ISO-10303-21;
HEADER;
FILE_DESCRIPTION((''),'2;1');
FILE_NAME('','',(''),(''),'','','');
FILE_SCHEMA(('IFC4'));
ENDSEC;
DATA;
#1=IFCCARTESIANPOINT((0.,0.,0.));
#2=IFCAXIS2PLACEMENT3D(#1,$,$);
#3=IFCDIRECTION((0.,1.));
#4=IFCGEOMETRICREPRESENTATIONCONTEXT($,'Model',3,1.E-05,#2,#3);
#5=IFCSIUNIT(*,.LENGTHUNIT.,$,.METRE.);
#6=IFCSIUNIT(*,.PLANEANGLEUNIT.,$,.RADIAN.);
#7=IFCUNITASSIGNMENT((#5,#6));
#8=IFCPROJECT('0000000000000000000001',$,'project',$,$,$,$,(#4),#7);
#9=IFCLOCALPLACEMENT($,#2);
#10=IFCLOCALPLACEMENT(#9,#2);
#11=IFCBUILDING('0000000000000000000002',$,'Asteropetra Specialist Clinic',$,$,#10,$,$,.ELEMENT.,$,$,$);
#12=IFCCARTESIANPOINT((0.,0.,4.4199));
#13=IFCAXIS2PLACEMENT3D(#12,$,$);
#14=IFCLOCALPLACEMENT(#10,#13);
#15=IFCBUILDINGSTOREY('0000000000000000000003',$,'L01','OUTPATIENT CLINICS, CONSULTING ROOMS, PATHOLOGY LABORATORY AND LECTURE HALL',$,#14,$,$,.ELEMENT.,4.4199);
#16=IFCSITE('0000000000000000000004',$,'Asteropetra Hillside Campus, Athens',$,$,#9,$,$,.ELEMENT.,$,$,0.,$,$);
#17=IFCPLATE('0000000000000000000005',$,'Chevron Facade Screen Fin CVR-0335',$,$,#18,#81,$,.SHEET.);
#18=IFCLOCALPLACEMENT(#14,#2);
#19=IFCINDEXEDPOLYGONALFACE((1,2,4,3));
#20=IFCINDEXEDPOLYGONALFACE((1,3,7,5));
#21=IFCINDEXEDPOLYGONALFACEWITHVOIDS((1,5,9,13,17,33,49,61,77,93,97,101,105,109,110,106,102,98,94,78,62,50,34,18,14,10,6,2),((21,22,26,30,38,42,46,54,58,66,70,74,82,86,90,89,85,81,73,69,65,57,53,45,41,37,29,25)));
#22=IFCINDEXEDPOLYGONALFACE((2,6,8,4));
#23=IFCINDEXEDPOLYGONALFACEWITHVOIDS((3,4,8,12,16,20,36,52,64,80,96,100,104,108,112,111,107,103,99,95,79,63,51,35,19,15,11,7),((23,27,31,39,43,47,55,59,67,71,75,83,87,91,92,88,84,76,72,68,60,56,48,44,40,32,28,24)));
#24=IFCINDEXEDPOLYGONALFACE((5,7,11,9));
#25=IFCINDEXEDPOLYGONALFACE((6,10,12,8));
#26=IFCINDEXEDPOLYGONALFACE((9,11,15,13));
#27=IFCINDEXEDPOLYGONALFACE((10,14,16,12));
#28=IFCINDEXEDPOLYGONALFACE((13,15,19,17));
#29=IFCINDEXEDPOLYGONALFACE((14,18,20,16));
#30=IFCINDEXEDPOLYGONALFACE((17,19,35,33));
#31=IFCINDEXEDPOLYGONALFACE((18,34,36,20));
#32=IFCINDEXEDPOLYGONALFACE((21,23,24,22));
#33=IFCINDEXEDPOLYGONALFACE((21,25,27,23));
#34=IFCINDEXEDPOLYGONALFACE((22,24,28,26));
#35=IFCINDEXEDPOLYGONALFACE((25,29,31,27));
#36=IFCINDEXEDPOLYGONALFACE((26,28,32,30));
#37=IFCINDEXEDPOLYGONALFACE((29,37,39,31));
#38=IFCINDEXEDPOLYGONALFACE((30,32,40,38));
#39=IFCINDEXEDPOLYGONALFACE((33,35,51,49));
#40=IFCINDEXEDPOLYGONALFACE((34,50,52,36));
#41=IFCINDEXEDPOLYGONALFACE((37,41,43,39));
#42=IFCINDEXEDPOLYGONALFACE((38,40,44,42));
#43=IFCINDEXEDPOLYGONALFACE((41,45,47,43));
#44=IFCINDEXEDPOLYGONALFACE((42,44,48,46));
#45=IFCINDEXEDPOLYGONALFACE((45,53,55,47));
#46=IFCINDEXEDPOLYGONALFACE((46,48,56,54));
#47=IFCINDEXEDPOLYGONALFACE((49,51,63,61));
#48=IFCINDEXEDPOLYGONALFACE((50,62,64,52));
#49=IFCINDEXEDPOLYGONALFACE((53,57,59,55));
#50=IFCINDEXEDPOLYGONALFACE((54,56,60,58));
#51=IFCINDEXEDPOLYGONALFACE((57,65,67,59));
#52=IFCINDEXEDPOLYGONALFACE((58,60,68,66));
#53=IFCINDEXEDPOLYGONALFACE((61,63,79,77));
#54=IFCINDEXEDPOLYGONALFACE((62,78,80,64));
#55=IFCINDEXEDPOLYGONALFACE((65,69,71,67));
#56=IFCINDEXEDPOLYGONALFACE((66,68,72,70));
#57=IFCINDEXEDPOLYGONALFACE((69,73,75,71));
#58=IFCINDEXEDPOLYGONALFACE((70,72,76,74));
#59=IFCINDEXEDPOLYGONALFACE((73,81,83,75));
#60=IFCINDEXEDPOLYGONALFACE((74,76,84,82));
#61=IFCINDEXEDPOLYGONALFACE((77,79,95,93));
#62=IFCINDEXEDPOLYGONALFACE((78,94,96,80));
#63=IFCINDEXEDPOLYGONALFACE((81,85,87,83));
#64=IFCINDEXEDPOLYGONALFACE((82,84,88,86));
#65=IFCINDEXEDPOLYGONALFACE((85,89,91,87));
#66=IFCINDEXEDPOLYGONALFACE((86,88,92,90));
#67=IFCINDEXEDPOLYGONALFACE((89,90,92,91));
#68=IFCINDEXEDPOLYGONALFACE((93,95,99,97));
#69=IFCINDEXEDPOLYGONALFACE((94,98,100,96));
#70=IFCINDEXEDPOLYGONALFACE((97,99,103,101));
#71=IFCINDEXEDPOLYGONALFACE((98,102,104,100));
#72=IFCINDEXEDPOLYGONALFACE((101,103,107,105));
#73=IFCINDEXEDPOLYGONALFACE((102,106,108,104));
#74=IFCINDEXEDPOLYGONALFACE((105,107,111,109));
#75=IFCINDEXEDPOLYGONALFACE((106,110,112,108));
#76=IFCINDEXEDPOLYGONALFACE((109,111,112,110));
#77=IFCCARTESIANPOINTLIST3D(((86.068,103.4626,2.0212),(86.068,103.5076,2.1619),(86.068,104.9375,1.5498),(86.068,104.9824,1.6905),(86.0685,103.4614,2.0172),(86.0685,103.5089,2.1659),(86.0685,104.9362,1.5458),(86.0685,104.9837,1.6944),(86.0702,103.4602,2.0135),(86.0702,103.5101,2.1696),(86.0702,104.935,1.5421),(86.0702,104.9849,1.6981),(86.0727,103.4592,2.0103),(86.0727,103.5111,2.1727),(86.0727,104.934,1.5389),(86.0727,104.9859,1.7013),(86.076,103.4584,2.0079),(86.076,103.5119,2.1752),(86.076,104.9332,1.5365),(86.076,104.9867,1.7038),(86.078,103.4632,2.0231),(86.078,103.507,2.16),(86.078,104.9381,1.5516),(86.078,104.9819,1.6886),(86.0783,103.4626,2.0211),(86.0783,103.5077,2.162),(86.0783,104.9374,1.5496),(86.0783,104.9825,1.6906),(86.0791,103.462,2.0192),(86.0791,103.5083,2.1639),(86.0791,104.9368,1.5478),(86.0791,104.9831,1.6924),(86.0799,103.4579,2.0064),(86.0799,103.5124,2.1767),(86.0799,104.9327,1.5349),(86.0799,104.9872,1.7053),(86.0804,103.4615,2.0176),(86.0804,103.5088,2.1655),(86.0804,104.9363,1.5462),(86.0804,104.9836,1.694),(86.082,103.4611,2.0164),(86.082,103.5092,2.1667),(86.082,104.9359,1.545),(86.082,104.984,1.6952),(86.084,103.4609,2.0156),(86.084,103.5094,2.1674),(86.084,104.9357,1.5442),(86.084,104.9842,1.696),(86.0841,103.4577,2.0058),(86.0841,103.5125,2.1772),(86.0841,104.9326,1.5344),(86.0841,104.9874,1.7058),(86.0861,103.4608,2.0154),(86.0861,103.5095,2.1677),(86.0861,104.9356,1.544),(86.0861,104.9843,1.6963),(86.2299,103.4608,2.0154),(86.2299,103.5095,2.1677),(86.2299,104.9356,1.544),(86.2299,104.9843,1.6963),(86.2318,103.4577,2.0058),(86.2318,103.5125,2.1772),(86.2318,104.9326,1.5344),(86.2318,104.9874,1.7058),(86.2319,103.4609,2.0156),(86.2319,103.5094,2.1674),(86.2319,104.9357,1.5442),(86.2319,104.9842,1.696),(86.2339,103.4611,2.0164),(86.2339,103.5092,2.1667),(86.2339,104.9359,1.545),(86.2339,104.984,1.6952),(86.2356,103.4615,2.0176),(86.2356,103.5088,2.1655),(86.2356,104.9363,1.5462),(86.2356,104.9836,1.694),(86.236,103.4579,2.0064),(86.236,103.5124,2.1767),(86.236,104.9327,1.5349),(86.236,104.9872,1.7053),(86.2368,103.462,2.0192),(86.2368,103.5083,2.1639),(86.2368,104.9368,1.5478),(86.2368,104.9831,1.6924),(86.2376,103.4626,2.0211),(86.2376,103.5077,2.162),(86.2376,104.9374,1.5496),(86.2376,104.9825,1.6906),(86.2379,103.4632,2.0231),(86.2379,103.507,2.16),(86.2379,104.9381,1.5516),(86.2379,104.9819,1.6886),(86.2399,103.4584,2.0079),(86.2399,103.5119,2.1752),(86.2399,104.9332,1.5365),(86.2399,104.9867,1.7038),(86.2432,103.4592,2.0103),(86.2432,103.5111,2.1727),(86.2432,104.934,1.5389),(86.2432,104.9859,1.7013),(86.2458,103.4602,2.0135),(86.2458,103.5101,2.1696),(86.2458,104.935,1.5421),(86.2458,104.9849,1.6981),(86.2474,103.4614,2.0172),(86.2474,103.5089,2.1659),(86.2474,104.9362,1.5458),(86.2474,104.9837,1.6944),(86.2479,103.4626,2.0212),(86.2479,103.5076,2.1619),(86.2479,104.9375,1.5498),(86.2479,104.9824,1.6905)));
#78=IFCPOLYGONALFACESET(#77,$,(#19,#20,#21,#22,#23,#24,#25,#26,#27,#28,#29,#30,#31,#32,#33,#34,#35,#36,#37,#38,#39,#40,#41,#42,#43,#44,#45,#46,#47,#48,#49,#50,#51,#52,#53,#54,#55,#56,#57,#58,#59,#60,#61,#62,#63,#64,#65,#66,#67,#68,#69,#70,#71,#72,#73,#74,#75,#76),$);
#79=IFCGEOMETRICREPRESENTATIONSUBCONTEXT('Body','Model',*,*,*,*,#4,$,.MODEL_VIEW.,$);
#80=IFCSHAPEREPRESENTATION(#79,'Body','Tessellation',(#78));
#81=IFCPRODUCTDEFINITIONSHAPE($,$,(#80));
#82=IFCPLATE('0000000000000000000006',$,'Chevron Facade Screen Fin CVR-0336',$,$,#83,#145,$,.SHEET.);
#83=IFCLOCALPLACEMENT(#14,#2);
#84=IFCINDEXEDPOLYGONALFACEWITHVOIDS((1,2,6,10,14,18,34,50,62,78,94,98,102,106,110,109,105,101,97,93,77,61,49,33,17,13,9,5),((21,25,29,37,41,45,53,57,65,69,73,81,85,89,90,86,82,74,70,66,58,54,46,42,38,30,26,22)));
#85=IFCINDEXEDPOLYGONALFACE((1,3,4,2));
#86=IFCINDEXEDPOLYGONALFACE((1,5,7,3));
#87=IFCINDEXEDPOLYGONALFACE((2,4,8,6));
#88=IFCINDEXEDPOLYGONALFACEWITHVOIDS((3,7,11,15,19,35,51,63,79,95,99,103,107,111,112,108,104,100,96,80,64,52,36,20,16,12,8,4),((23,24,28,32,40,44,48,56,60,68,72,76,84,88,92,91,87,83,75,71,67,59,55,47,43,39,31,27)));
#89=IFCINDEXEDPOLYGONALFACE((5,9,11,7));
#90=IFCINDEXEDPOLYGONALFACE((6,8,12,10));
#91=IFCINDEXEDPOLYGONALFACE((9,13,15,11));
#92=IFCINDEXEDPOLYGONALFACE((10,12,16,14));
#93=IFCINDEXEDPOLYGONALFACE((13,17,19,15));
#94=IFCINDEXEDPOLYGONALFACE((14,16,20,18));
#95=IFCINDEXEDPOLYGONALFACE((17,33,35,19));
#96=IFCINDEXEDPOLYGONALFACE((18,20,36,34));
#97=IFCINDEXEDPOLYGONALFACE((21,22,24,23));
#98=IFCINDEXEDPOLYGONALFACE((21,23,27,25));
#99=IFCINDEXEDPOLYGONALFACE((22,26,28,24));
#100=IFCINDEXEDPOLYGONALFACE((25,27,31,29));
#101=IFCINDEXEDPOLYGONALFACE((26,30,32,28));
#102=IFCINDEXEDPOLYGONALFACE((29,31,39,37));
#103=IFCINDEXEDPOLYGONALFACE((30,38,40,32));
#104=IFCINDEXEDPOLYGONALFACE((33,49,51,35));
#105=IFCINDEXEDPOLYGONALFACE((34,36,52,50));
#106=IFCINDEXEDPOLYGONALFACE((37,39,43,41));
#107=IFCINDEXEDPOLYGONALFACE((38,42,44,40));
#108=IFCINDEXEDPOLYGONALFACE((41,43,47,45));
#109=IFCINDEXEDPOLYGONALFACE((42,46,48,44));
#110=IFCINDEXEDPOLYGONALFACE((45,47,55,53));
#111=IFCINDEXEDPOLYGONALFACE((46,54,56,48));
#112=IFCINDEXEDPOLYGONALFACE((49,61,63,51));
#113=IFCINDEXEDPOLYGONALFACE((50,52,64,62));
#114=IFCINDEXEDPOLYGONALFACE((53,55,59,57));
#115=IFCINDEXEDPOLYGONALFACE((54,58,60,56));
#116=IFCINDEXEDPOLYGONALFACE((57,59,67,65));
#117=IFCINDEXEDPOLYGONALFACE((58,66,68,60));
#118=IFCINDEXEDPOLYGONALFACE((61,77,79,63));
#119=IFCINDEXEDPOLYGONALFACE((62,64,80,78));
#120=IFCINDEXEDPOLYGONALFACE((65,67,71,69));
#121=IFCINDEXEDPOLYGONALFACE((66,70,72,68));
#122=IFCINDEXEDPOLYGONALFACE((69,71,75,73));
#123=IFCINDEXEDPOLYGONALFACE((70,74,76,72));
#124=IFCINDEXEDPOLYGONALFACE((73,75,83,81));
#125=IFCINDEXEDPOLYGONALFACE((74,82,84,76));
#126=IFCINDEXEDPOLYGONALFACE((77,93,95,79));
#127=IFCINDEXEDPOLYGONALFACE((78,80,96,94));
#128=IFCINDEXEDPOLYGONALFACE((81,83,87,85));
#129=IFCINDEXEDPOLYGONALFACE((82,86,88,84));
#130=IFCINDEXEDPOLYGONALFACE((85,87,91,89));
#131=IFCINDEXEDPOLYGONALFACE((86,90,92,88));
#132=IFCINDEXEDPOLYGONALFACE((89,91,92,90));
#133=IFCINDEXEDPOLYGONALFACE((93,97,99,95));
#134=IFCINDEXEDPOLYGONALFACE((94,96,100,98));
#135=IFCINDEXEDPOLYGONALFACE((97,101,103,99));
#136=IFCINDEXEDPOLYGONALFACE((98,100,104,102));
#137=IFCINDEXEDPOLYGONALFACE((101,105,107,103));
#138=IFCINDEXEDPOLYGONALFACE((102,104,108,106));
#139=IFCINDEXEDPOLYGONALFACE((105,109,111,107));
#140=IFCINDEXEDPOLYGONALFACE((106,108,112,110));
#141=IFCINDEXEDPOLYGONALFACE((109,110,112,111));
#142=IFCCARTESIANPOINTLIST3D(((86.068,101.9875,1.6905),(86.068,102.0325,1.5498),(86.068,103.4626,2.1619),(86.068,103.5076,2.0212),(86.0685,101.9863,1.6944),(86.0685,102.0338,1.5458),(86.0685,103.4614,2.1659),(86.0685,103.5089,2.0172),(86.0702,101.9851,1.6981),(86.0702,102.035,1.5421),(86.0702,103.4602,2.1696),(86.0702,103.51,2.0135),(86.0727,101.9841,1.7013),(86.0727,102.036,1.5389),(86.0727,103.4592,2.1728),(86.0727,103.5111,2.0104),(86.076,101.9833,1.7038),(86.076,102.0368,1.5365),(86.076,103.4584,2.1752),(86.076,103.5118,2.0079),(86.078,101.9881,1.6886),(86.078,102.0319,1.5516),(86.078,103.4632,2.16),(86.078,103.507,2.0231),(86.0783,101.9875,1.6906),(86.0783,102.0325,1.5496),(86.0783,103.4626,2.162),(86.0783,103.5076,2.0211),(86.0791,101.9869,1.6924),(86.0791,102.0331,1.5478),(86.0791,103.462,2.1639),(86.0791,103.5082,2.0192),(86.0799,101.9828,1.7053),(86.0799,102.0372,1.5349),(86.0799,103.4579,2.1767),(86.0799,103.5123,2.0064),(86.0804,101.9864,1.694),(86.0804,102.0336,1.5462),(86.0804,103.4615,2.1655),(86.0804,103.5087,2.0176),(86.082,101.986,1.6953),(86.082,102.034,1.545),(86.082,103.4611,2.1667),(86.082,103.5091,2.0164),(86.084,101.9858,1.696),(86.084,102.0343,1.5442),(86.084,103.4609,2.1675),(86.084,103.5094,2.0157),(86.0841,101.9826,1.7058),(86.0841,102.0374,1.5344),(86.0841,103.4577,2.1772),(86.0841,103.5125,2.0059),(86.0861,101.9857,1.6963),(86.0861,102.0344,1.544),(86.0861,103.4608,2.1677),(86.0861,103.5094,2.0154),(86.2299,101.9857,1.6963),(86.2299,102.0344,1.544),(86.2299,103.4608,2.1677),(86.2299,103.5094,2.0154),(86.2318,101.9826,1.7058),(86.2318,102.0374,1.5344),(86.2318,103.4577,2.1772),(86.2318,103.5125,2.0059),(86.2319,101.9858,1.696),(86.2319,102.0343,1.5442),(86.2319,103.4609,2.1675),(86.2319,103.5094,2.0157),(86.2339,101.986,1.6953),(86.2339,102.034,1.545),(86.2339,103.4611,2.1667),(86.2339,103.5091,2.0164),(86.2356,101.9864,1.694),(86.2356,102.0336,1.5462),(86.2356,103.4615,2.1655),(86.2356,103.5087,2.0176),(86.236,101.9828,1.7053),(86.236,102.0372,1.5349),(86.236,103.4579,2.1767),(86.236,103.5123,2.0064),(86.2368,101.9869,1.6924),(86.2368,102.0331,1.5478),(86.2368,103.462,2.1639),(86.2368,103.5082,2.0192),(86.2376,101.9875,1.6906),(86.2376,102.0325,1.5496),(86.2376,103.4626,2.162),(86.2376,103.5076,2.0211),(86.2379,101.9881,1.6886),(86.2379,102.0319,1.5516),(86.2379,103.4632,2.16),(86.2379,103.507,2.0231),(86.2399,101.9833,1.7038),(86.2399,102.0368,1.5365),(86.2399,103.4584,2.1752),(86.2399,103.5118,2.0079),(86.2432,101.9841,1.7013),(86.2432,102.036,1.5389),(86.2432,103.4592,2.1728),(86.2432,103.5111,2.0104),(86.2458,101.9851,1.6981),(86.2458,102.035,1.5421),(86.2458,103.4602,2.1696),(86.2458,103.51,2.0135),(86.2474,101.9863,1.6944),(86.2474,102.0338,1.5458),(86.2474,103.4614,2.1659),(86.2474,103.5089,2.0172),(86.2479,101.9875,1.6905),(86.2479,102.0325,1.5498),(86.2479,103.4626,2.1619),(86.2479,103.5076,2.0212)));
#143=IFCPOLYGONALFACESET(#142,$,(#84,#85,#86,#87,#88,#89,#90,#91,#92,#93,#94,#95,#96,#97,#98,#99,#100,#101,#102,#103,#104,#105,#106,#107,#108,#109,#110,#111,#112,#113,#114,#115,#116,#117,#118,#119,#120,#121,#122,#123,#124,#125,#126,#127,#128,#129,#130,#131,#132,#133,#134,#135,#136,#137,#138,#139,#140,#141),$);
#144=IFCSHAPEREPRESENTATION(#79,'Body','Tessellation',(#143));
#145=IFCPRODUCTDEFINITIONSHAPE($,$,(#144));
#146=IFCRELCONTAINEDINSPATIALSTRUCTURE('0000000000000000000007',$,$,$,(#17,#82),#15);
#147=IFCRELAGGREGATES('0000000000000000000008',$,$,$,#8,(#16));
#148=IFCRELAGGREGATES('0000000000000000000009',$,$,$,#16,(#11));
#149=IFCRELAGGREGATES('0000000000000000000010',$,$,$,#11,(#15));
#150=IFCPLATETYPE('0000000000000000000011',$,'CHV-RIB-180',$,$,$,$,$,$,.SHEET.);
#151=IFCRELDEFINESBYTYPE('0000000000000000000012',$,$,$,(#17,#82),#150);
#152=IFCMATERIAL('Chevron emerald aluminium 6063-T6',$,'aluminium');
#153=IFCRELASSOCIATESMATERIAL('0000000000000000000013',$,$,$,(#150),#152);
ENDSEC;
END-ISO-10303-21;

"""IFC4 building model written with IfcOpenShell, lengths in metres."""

from ifc_helpers import new_model, si_unit, direction, frame, origin, origin_2d, place, context, subcontext, project, spatial, hollow_rectangle, extrude, material, material_profile, profile_set, type_object, element, save


model = new_model("IFC4")

# Units and contexts
model_context = context("Model", 3, precision=1e-05, world=origin(), true_north=direction((0.0, 1.0)))
body_context = subcontext(model_context, "Body", "Model", "MODEL_VIEW")
ifc_project = project(units=[si_unit("LENGTHUNIT", "METRE"), si_unit("PLANEANGLEUNIT", "RADIAN")], contexts=[model_context])

# Site, building, storey
site_placement = place(None, origin())
site = spatial("IfcSite", under=ifc_project, at=site_placement, Name="Asteropetra Hillside Campus, Athens", CompositionType="ELEMENT", RefElevation=0.0)
building_placement = place(site_placement, origin())
building = spatial("IfcBuilding", under=site, at=building_placement, Name="Asteropetra Specialist Clinic", CompositionType="ELEMENT")
storey_placement = place(building_placement, frame((0.0, 0.0, 4.4199)))
storey = spatial("IfcBuildingStorey", under=building, at=storey_placement, Name="L01", Description="OUTPATIENT CLINICS, CONSULTING ROOMS, PATHOLOGY LABORATORY AND LECTURE HALL", CompositionType="ELEMENT", Elevation=4.4199)

# Plates
ifc_material_1 = material(Name="Chevron emerald aluminium 6063-T6", Category="aluminium")
ifc_material_profile = material_profile(ifc_material_1, hollow_rectangle(XDim=0.1799, YDim=0.1799, WallThickness=0.01, InnerFilletRadius=0.0081, OuterFilletRadius=0.0161, at=origin_2d()), Name="SHS 180x180x10.0")
ifc_profile_set = profile_set([ifc_material_profile], Name="Chevron emerald aluminium 6063-T6")
plate_type = type_object("IfcPlateType", Name="CHV-RIB-180", PredefinedType="SHEET", material=ifc_profile_set)
plate_1_placement = place(storey_placement, frame((86.158, 104.96, 1.6201), z_axis=(0.0, -0.952521, 0.304472), x_axis=(1.0, 0.0, 0.0)))
element("IfcPlate", 1, at=plate_1_placement, inside=storey, type_object=plate_type, Name="Chevron Facade Screen Fin CVR-0335", PredefinedType="SHEET", context=body_context, shape_type="SweptSolid", body=[
    extrude(hollow_rectangle(XDim=0.1799, YDim=0.1799, WallThickness=0.01, InnerFilletRadius=0.0081, OuterFilletRadius=0.0161, at=origin_2d()), origin(), (0.0, 0.0, 1.0), 1.5483),
])
plate_2_placement = place(storey_placement, frame((86.158, 103.4851, 2.0916), z_axis=(0.0, -0.952536, -0.304427), x_axis=(1.0, 0.0, 0.0)))
element("IfcPlate", 2, at=plate_2_placement, inside=storey, type_object=plate_type, Name="Chevron Facade Screen Fin CVR-0336", PredefinedType="SHEET", context=body_context, shape_type="SweptSolid", body=[
    extrude(hollow_rectangle(XDim=0.1799, YDim=0.1799, WallThickness=0.01, InnerFilletRadius=0.0081, OuterFilletRadius=0.0161, at=origin_2d()), origin(), (0.0, 0.0, 1.0), 1.5486),
])

save(model, "model.ifc")
